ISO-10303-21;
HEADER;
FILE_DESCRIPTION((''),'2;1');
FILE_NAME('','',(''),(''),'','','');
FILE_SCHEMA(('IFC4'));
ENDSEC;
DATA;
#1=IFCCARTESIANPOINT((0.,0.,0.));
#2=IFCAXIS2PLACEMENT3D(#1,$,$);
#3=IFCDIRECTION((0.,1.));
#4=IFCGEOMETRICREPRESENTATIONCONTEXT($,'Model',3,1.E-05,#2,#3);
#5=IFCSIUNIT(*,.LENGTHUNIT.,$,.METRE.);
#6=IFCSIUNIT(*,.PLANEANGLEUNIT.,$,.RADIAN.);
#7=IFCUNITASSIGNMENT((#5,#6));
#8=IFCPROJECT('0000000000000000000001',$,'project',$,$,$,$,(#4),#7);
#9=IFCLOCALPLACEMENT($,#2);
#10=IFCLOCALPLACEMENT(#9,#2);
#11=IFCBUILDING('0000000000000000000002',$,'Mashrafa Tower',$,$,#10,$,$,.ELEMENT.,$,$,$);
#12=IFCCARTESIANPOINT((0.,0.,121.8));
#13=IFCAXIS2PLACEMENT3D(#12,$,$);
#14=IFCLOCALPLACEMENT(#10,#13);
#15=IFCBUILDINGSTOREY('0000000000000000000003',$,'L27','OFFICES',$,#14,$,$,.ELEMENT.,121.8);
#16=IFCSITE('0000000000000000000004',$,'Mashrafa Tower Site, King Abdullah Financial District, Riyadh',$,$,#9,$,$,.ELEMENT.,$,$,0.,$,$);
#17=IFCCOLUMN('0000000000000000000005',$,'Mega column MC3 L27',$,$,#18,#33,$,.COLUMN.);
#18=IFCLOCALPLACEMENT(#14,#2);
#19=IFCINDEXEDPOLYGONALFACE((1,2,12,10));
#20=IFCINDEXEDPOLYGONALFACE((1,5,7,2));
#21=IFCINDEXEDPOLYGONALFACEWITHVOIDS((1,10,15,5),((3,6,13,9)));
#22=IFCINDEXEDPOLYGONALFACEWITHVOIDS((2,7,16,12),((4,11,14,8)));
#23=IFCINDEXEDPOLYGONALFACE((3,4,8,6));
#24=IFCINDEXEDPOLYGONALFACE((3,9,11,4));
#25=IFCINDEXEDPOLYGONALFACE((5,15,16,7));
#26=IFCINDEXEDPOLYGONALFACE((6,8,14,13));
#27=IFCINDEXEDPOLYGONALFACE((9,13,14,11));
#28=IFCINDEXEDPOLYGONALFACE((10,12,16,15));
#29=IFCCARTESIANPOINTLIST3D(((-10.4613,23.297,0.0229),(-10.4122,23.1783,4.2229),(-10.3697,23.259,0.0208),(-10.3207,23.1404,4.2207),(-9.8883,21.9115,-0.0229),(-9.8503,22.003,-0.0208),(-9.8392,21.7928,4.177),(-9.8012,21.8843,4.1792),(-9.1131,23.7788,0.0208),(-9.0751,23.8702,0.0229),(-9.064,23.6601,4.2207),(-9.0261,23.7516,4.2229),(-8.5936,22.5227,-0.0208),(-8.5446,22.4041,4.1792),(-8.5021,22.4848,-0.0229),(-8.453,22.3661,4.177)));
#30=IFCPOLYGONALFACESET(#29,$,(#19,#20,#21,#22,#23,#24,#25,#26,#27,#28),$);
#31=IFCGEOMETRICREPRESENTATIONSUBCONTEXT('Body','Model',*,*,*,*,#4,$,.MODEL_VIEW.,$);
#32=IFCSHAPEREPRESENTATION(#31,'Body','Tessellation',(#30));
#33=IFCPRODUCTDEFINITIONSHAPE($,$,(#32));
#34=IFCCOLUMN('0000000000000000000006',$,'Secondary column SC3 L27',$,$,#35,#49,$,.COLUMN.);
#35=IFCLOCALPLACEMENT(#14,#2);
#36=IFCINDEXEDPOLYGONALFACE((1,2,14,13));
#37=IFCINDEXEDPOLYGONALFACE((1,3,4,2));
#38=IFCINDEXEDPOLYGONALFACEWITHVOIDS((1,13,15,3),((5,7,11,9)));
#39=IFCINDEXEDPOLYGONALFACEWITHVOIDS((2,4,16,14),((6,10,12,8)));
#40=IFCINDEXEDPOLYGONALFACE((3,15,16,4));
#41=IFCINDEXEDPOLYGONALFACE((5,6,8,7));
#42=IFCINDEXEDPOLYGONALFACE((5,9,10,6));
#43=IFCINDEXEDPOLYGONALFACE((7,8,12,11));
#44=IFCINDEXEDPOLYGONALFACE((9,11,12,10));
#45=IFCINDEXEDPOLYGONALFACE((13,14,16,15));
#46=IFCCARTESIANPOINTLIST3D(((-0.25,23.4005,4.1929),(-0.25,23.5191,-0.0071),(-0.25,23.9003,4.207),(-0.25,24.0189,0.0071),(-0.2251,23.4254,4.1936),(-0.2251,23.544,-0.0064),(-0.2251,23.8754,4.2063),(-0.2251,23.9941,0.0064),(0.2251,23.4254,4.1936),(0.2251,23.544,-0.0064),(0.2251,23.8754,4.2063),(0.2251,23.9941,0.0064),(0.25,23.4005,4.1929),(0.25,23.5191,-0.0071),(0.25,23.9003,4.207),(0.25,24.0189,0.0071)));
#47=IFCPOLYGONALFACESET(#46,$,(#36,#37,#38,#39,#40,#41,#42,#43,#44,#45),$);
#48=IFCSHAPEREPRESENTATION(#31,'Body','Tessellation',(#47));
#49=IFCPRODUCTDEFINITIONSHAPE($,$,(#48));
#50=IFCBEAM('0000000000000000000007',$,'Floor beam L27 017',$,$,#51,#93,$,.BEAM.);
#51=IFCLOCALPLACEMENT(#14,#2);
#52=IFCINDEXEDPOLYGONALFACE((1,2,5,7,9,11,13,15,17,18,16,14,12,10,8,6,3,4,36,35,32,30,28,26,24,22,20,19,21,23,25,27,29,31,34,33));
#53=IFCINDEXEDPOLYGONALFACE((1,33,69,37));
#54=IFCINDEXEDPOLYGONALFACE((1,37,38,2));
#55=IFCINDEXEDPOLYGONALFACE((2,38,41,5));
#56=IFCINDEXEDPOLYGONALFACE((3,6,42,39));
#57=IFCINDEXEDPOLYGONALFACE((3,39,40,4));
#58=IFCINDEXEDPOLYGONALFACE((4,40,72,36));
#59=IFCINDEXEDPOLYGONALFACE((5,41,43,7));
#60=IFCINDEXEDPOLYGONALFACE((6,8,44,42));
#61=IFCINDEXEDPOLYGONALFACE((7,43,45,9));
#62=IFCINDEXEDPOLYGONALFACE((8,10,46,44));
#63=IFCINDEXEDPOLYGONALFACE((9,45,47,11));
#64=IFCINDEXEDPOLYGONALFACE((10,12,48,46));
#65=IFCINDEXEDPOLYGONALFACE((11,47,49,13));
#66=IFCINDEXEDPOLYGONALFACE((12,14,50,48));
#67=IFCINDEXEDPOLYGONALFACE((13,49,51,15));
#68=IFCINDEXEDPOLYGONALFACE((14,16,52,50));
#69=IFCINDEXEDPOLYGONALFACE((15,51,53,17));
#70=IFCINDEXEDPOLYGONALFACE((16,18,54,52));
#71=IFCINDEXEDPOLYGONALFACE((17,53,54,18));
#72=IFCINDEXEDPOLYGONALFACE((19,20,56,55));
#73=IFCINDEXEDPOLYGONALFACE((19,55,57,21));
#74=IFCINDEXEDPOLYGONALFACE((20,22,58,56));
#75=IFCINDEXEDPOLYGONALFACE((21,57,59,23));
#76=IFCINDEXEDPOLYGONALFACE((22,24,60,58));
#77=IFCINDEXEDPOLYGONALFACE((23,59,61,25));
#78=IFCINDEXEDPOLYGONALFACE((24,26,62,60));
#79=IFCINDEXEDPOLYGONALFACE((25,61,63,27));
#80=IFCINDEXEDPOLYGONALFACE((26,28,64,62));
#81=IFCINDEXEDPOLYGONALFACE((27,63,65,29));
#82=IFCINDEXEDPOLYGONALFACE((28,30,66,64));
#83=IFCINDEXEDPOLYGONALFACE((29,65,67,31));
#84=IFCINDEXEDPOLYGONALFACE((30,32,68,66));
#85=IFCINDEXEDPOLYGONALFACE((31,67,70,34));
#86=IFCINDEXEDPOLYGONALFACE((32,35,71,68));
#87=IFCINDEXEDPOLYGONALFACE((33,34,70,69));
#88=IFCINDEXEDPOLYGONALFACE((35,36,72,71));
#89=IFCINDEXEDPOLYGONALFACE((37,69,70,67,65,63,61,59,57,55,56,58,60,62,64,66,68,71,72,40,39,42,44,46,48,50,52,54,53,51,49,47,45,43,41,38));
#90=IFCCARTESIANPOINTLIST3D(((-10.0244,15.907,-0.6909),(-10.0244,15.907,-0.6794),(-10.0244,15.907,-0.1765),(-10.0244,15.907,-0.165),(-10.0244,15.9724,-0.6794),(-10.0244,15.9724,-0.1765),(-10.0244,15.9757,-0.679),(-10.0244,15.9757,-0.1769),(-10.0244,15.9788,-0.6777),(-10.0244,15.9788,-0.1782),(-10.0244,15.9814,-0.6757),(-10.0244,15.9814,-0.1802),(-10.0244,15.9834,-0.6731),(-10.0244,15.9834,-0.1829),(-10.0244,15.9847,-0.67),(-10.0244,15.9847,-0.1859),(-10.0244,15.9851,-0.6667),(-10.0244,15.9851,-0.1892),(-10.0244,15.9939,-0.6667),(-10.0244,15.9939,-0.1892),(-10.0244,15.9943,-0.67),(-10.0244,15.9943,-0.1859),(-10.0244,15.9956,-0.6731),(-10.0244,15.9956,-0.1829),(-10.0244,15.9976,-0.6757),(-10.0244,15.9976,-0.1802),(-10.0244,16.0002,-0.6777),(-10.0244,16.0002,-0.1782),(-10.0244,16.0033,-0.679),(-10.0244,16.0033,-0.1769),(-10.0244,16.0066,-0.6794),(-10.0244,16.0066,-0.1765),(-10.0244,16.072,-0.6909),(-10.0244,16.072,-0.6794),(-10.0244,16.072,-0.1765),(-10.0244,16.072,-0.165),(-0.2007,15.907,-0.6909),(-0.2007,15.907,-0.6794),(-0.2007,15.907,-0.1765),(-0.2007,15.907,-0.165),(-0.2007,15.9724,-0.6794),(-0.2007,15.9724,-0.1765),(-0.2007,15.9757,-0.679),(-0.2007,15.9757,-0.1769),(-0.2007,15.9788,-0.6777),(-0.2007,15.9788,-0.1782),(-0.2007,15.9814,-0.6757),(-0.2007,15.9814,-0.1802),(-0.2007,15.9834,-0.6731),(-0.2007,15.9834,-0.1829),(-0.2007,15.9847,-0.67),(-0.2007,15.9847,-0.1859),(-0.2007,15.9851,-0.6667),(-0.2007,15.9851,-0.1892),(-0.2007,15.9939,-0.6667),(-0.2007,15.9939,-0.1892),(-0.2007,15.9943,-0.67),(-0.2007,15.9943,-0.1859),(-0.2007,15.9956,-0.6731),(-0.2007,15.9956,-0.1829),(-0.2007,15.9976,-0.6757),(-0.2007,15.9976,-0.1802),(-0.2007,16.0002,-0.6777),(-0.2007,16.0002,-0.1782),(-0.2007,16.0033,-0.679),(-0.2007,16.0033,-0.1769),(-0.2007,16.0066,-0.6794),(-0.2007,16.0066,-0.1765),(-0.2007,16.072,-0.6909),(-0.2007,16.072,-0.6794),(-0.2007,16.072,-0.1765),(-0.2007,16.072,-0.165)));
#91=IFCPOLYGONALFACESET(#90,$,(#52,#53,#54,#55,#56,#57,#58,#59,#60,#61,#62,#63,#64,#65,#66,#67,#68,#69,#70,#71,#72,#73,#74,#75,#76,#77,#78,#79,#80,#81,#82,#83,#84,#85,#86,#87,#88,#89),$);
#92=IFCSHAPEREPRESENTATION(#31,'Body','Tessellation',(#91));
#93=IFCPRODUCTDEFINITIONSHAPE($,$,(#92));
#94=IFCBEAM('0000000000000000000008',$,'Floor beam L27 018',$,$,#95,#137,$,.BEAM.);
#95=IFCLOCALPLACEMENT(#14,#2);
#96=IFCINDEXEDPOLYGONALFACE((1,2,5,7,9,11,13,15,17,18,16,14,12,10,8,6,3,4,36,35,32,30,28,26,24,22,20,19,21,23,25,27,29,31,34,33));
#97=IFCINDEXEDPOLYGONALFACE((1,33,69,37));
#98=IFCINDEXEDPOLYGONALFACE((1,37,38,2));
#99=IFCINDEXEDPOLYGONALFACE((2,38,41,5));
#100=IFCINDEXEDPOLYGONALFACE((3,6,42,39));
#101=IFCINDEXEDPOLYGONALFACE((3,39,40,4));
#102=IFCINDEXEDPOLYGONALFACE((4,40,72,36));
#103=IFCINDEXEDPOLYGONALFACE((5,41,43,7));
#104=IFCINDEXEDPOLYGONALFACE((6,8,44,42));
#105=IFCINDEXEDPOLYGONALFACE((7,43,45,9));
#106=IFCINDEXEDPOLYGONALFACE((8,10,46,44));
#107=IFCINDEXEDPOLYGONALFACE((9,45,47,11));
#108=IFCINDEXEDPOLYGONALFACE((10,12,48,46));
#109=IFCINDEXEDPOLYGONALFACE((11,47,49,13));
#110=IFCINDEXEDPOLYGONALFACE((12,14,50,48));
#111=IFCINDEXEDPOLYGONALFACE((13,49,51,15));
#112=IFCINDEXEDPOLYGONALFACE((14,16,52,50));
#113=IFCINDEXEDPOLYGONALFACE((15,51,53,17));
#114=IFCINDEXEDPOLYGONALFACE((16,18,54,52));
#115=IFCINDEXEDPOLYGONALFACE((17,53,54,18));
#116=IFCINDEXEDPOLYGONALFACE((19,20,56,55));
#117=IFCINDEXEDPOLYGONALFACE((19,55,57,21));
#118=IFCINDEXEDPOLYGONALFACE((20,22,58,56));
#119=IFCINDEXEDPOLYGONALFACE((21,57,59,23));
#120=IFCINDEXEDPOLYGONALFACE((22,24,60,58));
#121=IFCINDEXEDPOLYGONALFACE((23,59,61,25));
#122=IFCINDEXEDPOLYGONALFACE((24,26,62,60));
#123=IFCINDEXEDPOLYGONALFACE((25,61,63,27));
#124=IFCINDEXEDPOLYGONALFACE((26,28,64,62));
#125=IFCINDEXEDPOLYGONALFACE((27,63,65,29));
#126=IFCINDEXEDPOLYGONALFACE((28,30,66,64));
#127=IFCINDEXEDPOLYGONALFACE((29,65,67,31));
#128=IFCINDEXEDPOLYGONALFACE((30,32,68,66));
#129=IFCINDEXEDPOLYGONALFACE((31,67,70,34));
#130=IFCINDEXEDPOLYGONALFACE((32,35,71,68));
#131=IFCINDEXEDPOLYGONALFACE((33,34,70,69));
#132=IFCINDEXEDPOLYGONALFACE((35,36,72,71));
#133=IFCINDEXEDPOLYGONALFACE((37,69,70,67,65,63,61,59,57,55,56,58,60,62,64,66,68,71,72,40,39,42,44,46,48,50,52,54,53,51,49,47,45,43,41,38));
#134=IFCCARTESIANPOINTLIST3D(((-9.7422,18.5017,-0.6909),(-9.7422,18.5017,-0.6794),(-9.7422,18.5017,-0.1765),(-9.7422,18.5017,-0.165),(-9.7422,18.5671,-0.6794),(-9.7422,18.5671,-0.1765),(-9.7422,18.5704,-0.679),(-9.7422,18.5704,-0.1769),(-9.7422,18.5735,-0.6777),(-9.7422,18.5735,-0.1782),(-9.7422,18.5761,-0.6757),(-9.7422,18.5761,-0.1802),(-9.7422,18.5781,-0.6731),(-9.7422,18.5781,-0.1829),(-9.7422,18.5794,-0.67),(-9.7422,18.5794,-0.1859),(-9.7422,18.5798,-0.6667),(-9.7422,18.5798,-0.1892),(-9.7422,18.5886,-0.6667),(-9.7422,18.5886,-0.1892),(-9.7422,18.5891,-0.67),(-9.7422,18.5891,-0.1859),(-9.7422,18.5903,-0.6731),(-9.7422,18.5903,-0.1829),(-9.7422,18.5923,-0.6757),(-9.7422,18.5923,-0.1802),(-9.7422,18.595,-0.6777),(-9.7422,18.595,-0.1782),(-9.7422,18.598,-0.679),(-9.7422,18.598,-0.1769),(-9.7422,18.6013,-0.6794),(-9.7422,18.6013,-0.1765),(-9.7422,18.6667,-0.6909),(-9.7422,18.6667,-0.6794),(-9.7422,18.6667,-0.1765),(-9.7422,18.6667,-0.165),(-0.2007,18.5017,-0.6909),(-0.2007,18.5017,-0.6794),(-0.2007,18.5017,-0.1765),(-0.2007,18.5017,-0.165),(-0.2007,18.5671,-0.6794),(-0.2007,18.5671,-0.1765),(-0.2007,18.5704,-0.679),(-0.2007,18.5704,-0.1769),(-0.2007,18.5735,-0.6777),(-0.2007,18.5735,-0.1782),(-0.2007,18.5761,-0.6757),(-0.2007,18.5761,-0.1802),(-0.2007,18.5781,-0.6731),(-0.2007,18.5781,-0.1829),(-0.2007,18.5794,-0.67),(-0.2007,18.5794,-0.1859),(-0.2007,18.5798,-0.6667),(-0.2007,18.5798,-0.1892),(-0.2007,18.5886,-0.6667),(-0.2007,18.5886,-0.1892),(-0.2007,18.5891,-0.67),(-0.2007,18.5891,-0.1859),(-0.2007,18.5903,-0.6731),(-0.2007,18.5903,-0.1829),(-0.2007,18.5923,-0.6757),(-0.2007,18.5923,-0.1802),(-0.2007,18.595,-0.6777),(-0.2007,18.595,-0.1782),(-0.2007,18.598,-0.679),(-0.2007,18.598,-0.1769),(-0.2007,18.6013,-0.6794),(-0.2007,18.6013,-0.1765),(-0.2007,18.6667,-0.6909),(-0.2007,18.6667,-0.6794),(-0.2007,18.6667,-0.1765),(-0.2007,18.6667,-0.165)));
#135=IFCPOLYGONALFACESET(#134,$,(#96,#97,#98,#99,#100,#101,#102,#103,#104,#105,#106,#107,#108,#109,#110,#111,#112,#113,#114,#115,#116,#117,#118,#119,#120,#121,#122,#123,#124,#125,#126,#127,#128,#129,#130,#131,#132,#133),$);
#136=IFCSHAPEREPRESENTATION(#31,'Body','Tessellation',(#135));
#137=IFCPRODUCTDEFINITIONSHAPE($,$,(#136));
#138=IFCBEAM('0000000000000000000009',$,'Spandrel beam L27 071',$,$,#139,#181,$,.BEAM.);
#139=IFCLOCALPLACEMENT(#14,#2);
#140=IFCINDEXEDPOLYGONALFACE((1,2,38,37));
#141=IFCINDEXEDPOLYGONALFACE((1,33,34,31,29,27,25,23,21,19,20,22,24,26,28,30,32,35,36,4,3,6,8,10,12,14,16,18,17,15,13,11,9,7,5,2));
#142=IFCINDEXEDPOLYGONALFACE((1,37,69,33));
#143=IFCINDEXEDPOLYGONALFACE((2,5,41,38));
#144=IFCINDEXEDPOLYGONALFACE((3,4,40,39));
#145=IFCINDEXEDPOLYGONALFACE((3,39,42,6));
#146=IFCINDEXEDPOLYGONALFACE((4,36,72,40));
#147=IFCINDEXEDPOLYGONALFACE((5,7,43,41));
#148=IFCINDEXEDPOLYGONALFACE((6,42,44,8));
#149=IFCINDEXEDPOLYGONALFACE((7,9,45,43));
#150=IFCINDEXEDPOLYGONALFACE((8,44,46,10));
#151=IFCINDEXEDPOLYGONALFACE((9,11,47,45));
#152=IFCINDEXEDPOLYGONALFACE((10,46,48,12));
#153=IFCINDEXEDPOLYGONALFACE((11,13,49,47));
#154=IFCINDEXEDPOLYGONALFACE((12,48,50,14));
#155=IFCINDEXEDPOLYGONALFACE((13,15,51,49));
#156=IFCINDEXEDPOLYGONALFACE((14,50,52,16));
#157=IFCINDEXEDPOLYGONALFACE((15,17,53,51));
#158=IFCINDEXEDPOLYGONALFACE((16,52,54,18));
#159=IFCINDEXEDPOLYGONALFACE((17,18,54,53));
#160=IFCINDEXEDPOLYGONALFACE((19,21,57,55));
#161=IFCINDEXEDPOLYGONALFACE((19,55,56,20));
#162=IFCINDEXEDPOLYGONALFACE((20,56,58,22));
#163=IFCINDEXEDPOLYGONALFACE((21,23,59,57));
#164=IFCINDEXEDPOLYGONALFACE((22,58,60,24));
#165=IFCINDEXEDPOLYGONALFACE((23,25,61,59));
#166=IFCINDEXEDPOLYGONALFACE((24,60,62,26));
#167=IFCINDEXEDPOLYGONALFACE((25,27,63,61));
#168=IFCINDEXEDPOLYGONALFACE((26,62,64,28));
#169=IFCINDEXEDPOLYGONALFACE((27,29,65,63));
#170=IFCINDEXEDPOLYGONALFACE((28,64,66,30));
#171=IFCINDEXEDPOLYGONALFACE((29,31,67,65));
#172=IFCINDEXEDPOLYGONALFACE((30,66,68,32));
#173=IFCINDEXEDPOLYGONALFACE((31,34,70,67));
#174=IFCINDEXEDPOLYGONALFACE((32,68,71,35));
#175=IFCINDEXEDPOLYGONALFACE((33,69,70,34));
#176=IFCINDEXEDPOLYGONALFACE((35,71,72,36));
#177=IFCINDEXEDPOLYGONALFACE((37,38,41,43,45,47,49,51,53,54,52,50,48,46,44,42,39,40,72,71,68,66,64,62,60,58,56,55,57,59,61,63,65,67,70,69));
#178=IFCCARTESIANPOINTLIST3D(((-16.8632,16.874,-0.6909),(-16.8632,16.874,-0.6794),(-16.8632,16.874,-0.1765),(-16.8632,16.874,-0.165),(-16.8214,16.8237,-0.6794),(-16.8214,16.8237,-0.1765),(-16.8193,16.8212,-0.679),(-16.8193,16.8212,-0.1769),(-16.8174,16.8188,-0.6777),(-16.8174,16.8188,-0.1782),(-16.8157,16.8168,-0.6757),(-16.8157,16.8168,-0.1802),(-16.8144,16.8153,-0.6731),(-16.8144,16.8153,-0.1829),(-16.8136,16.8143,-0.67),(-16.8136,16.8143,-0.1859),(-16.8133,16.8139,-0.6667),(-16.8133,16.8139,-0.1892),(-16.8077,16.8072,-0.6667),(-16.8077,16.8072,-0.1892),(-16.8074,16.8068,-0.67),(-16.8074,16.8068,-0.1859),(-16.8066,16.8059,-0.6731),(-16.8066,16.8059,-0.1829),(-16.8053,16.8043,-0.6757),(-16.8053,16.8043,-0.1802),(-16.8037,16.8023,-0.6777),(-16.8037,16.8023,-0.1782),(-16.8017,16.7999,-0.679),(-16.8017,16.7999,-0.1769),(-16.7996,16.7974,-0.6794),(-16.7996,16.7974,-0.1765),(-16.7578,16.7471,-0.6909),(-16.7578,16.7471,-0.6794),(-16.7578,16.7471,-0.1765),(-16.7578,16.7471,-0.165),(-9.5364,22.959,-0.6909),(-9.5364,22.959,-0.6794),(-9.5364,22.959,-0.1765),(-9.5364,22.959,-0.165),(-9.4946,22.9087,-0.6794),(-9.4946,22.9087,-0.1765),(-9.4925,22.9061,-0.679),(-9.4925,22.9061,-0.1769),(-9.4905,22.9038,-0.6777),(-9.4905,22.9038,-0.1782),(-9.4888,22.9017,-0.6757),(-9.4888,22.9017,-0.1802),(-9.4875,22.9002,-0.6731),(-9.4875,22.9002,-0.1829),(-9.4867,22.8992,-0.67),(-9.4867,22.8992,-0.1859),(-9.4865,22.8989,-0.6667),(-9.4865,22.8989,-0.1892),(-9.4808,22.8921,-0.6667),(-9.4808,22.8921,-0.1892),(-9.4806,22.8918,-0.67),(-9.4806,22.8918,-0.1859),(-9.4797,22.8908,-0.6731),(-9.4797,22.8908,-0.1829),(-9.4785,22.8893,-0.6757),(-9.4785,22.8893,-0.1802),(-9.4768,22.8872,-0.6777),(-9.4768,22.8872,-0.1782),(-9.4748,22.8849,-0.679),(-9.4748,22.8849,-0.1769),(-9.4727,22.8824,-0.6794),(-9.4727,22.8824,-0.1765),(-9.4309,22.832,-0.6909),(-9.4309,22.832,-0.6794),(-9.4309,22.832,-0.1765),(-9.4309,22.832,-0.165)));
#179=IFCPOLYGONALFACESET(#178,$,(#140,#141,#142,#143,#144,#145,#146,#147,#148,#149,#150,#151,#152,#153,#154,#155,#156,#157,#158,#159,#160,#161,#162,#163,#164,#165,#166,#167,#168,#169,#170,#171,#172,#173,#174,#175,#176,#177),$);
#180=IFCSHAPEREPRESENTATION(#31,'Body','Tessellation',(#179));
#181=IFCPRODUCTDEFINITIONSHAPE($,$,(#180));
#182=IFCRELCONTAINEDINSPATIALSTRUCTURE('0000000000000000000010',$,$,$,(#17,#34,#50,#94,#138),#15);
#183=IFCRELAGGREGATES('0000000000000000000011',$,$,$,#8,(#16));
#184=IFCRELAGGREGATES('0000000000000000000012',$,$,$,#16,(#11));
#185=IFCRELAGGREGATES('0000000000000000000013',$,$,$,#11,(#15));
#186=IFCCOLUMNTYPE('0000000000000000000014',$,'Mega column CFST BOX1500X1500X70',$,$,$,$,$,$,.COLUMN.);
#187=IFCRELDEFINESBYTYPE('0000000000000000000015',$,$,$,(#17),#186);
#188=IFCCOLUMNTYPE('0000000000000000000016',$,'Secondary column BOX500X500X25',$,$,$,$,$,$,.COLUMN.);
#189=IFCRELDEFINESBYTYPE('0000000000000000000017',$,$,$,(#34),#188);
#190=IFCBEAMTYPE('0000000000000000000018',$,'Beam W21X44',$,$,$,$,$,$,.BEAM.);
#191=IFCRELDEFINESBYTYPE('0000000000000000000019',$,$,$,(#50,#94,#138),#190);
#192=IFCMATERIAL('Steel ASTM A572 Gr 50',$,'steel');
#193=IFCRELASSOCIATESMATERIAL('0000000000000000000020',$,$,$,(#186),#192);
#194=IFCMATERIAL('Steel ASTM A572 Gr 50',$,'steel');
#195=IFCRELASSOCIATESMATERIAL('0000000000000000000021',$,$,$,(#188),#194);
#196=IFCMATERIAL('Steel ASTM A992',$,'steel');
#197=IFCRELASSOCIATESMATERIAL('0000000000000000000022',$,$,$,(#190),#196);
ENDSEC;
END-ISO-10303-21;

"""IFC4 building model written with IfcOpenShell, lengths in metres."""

from ifc_helpers import new_model, si_unit, direction, frame, origin, origin_2d, place, context, subcontext, project, spatial, hollow_rectangle, i_section, extrude, material, material_profile, profile_set, type_object, element, save


model = new_model("IFC4")

# Units and contexts
model_context = context("Model", 3, precision=1e-05, world=origin(), true_north=direction((0.0, 1.0)))
body_context = subcontext(model_context, "Body", "Model", "MODEL_VIEW")
ifc_project = project(units=[si_unit("LENGTHUNIT", "METRE"), si_unit("PLANEANGLEUNIT", "RADIAN")], contexts=[model_context])

# Site, building, storey
site_placement = place(None, origin())
site = spatial("IfcSite", under=ifc_project, at=site_placement, Name="Mashrafa Tower Site, King Abdullah Financial District, Riyadh", CompositionType="ELEMENT", RefElevation=0.0)
building_placement = place(site_placement, origin())
building = spatial("IfcBuilding", under=site, at=building_placement, Name="Mashrafa Tower", CompositionType="ELEMENT")
storey_placement = place(building_placement, frame((0.0, 0.0, 121.8)))
storey = spatial("IfcBuildingStorey", under=building, at=storey_placement, Name="L27", Description="OFFICES", CompositionType="ELEMENT", Elevation=121.8)

# Columns
ifc_material_1 = material(Name="Steel ASTM A572 Gr 50", Category="steel")
ifc_material_profile_1 = material_profile(ifc_material_1, hollow_rectangle(XDim=1.5, YDim=1.5, WallThickness=0.0701, at=origin_2d()), Name="BOX1500X1500X70")
ifc_profile_set_1 = profile_set([ifc_material_profile_1], Name="Steel ASTM A572 Gr 50")
column_type_1 = type_object("IfcColumnType", Name="Mega column CFST BOX1500X1500X70", PredefinedType="COLUMN", material=ifc_profile_set_1)
column_1_placement = place(storey_placement, frame((-9.4817, 22.8909, 0.0), z_axis=(0.011679, -0.028238, 0.999533), x_axis=(0.924086, 0.382184, 0.0)))
element("IfcColumn", 1, at=column_1_placement, inside=storey, type_object=column_type_1, Name="Mega column MC3 L27", PredefinedType="COLUMN", context=body_context, shape_type="SweptSolid", body=[
    extrude(hollow_rectangle(XDim=1.5, YDim=1.5, WallThickness=0.0701, at=origin_2d()), origin(), (0.0, 0.0, 1.0), 4.2019),
])
ifc_material_2 = material(Name="Steel ASTM A572 Gr 50", Category="steel")
ifc_material_profile_2 = material_profile(ifc_material_2, hollow_rectangle(XDim=0.5, YDim=0.5, WallThickness=0.0249, at=origin_2d()), Name="BOX500X500X25")
ifc_profile_set_2 = profile_set([ifc_material_profile_2], Name="Steel ASTM A572 Gr 50")
column_type_2 = type_object("IfcColumnType", Name="Secondary column BOX500X500X25", PredefinedType="COLUMN", material=ifc_profile_set_2)
column_2_placement = place(storey_placement, frame((0.0, 23.769, 0.0), z_axis=(0.0, -0.02824, 0.999601), x_axis=(1.0, 0.0, 0.0)))
element("IfcColumn", 2, at=column_2_placement, inside=storey, type_object=column_type_2, Name="Secondary column SC3 L27", PredefinedType="COLUMN", context=body_context, shape_type="SweptSolid", body=[
    extrude(hollow_rectangle(XDim=0.5, YDim=0.5, WallThickness=0.0249, at=origin_2d()), origin(), (0.0, 0.0, 1.0), 4.2017),
])

# Beams
ifc_material_3 = material(Name="Steel ASTM A992", Category="steel")
ifc_material_profile_3 = material_profile(ifc_material_3, i_section(OverallWidth=0.165, OverallDepth=0.5259, WebThickness=0.0088, FlangeThickness=0.0115, FilletRadius=0.0127, at=origin_2d()), Name="W21X44")
ifc_profile_set_3 = profile_set([ifc_material_profile_3], Name="Steel ASTM A992")
beam_type_1 = type_object("IfcBeamType", Name="Beam W21X44", PredefinedType="BEAM", material=ifc_profile_set_3)
beam_1_placement = place(storey_placement, frame((-10.0244, 15.9895, -0.428), z_axis=(1.0, 0.0, 0.0), x_axis=(0.0, 1.0, 0.0)))
element("IfcBeam", 3, at=beam_1_placement, inside=storey, type_object=beam_type_1, Name="Floor beam L27 017", PredefinedType="BEAM", context=body_context, shape_type="SweptSolid", body=[
    extrude(i_section(OverallWidth=0.165, OverallDepth=0.5259, WebThickness=0.0088, FlangeThickness=0.0115, FilletRadius=0.0127, at=origin_2d()), origin(), (0.0, 0.0, 1.0), 9.8237),
])
beam_2_placement = place(storey_placement, frame((-9.7422, 18.5842, -0.428), z_axis=(1.0, 0.0, 0.0), x_axis=(0.0, 1.0, 0.0)))
element("IfcBeam", 4, at=beam_2_placement, inside=storey, type_object=beam_type_1, Name="Floor beam L27 018", PredefinedType="BEAM", context=body_context, shape_type="SweptSolid", body=[
    extrude(i_section(OverallWidth=0.165, OverallDepth=0.5259, WebThickness=0.0088, FlangeThickness=0.0115, FilletRadius=0.0127, at=origin_2d()), origin(), (0.0, 0.0, 1.0), 9.5415),
])
beam_3_placement = place(storey_placement, frame((-9.4836, 22.8955, -0.428), z_axis=(-0.769294, -0.638895, 0.0), x_axis=(0.638895, -0.769294, 0.0)))
element("IfcBeam", 5, at=beam_3_placement, inside=storey, type_object=beam_type_1, Name="Spandrel beam L27 071", PredefinedType="BEAM", context=body_context, shape_type="SweptSolid", body=[
    extrude(i_section(OverallWidth=0.165, OverallDepth=0.5259, WebThickness=0.0088, FlangeThickness=0.0115, FilletRadius=0.0127, at=origin_2d()), origin(), (0.0, 0.0, 1.0), 9.5242),
])

save(model, "model.ifc")
